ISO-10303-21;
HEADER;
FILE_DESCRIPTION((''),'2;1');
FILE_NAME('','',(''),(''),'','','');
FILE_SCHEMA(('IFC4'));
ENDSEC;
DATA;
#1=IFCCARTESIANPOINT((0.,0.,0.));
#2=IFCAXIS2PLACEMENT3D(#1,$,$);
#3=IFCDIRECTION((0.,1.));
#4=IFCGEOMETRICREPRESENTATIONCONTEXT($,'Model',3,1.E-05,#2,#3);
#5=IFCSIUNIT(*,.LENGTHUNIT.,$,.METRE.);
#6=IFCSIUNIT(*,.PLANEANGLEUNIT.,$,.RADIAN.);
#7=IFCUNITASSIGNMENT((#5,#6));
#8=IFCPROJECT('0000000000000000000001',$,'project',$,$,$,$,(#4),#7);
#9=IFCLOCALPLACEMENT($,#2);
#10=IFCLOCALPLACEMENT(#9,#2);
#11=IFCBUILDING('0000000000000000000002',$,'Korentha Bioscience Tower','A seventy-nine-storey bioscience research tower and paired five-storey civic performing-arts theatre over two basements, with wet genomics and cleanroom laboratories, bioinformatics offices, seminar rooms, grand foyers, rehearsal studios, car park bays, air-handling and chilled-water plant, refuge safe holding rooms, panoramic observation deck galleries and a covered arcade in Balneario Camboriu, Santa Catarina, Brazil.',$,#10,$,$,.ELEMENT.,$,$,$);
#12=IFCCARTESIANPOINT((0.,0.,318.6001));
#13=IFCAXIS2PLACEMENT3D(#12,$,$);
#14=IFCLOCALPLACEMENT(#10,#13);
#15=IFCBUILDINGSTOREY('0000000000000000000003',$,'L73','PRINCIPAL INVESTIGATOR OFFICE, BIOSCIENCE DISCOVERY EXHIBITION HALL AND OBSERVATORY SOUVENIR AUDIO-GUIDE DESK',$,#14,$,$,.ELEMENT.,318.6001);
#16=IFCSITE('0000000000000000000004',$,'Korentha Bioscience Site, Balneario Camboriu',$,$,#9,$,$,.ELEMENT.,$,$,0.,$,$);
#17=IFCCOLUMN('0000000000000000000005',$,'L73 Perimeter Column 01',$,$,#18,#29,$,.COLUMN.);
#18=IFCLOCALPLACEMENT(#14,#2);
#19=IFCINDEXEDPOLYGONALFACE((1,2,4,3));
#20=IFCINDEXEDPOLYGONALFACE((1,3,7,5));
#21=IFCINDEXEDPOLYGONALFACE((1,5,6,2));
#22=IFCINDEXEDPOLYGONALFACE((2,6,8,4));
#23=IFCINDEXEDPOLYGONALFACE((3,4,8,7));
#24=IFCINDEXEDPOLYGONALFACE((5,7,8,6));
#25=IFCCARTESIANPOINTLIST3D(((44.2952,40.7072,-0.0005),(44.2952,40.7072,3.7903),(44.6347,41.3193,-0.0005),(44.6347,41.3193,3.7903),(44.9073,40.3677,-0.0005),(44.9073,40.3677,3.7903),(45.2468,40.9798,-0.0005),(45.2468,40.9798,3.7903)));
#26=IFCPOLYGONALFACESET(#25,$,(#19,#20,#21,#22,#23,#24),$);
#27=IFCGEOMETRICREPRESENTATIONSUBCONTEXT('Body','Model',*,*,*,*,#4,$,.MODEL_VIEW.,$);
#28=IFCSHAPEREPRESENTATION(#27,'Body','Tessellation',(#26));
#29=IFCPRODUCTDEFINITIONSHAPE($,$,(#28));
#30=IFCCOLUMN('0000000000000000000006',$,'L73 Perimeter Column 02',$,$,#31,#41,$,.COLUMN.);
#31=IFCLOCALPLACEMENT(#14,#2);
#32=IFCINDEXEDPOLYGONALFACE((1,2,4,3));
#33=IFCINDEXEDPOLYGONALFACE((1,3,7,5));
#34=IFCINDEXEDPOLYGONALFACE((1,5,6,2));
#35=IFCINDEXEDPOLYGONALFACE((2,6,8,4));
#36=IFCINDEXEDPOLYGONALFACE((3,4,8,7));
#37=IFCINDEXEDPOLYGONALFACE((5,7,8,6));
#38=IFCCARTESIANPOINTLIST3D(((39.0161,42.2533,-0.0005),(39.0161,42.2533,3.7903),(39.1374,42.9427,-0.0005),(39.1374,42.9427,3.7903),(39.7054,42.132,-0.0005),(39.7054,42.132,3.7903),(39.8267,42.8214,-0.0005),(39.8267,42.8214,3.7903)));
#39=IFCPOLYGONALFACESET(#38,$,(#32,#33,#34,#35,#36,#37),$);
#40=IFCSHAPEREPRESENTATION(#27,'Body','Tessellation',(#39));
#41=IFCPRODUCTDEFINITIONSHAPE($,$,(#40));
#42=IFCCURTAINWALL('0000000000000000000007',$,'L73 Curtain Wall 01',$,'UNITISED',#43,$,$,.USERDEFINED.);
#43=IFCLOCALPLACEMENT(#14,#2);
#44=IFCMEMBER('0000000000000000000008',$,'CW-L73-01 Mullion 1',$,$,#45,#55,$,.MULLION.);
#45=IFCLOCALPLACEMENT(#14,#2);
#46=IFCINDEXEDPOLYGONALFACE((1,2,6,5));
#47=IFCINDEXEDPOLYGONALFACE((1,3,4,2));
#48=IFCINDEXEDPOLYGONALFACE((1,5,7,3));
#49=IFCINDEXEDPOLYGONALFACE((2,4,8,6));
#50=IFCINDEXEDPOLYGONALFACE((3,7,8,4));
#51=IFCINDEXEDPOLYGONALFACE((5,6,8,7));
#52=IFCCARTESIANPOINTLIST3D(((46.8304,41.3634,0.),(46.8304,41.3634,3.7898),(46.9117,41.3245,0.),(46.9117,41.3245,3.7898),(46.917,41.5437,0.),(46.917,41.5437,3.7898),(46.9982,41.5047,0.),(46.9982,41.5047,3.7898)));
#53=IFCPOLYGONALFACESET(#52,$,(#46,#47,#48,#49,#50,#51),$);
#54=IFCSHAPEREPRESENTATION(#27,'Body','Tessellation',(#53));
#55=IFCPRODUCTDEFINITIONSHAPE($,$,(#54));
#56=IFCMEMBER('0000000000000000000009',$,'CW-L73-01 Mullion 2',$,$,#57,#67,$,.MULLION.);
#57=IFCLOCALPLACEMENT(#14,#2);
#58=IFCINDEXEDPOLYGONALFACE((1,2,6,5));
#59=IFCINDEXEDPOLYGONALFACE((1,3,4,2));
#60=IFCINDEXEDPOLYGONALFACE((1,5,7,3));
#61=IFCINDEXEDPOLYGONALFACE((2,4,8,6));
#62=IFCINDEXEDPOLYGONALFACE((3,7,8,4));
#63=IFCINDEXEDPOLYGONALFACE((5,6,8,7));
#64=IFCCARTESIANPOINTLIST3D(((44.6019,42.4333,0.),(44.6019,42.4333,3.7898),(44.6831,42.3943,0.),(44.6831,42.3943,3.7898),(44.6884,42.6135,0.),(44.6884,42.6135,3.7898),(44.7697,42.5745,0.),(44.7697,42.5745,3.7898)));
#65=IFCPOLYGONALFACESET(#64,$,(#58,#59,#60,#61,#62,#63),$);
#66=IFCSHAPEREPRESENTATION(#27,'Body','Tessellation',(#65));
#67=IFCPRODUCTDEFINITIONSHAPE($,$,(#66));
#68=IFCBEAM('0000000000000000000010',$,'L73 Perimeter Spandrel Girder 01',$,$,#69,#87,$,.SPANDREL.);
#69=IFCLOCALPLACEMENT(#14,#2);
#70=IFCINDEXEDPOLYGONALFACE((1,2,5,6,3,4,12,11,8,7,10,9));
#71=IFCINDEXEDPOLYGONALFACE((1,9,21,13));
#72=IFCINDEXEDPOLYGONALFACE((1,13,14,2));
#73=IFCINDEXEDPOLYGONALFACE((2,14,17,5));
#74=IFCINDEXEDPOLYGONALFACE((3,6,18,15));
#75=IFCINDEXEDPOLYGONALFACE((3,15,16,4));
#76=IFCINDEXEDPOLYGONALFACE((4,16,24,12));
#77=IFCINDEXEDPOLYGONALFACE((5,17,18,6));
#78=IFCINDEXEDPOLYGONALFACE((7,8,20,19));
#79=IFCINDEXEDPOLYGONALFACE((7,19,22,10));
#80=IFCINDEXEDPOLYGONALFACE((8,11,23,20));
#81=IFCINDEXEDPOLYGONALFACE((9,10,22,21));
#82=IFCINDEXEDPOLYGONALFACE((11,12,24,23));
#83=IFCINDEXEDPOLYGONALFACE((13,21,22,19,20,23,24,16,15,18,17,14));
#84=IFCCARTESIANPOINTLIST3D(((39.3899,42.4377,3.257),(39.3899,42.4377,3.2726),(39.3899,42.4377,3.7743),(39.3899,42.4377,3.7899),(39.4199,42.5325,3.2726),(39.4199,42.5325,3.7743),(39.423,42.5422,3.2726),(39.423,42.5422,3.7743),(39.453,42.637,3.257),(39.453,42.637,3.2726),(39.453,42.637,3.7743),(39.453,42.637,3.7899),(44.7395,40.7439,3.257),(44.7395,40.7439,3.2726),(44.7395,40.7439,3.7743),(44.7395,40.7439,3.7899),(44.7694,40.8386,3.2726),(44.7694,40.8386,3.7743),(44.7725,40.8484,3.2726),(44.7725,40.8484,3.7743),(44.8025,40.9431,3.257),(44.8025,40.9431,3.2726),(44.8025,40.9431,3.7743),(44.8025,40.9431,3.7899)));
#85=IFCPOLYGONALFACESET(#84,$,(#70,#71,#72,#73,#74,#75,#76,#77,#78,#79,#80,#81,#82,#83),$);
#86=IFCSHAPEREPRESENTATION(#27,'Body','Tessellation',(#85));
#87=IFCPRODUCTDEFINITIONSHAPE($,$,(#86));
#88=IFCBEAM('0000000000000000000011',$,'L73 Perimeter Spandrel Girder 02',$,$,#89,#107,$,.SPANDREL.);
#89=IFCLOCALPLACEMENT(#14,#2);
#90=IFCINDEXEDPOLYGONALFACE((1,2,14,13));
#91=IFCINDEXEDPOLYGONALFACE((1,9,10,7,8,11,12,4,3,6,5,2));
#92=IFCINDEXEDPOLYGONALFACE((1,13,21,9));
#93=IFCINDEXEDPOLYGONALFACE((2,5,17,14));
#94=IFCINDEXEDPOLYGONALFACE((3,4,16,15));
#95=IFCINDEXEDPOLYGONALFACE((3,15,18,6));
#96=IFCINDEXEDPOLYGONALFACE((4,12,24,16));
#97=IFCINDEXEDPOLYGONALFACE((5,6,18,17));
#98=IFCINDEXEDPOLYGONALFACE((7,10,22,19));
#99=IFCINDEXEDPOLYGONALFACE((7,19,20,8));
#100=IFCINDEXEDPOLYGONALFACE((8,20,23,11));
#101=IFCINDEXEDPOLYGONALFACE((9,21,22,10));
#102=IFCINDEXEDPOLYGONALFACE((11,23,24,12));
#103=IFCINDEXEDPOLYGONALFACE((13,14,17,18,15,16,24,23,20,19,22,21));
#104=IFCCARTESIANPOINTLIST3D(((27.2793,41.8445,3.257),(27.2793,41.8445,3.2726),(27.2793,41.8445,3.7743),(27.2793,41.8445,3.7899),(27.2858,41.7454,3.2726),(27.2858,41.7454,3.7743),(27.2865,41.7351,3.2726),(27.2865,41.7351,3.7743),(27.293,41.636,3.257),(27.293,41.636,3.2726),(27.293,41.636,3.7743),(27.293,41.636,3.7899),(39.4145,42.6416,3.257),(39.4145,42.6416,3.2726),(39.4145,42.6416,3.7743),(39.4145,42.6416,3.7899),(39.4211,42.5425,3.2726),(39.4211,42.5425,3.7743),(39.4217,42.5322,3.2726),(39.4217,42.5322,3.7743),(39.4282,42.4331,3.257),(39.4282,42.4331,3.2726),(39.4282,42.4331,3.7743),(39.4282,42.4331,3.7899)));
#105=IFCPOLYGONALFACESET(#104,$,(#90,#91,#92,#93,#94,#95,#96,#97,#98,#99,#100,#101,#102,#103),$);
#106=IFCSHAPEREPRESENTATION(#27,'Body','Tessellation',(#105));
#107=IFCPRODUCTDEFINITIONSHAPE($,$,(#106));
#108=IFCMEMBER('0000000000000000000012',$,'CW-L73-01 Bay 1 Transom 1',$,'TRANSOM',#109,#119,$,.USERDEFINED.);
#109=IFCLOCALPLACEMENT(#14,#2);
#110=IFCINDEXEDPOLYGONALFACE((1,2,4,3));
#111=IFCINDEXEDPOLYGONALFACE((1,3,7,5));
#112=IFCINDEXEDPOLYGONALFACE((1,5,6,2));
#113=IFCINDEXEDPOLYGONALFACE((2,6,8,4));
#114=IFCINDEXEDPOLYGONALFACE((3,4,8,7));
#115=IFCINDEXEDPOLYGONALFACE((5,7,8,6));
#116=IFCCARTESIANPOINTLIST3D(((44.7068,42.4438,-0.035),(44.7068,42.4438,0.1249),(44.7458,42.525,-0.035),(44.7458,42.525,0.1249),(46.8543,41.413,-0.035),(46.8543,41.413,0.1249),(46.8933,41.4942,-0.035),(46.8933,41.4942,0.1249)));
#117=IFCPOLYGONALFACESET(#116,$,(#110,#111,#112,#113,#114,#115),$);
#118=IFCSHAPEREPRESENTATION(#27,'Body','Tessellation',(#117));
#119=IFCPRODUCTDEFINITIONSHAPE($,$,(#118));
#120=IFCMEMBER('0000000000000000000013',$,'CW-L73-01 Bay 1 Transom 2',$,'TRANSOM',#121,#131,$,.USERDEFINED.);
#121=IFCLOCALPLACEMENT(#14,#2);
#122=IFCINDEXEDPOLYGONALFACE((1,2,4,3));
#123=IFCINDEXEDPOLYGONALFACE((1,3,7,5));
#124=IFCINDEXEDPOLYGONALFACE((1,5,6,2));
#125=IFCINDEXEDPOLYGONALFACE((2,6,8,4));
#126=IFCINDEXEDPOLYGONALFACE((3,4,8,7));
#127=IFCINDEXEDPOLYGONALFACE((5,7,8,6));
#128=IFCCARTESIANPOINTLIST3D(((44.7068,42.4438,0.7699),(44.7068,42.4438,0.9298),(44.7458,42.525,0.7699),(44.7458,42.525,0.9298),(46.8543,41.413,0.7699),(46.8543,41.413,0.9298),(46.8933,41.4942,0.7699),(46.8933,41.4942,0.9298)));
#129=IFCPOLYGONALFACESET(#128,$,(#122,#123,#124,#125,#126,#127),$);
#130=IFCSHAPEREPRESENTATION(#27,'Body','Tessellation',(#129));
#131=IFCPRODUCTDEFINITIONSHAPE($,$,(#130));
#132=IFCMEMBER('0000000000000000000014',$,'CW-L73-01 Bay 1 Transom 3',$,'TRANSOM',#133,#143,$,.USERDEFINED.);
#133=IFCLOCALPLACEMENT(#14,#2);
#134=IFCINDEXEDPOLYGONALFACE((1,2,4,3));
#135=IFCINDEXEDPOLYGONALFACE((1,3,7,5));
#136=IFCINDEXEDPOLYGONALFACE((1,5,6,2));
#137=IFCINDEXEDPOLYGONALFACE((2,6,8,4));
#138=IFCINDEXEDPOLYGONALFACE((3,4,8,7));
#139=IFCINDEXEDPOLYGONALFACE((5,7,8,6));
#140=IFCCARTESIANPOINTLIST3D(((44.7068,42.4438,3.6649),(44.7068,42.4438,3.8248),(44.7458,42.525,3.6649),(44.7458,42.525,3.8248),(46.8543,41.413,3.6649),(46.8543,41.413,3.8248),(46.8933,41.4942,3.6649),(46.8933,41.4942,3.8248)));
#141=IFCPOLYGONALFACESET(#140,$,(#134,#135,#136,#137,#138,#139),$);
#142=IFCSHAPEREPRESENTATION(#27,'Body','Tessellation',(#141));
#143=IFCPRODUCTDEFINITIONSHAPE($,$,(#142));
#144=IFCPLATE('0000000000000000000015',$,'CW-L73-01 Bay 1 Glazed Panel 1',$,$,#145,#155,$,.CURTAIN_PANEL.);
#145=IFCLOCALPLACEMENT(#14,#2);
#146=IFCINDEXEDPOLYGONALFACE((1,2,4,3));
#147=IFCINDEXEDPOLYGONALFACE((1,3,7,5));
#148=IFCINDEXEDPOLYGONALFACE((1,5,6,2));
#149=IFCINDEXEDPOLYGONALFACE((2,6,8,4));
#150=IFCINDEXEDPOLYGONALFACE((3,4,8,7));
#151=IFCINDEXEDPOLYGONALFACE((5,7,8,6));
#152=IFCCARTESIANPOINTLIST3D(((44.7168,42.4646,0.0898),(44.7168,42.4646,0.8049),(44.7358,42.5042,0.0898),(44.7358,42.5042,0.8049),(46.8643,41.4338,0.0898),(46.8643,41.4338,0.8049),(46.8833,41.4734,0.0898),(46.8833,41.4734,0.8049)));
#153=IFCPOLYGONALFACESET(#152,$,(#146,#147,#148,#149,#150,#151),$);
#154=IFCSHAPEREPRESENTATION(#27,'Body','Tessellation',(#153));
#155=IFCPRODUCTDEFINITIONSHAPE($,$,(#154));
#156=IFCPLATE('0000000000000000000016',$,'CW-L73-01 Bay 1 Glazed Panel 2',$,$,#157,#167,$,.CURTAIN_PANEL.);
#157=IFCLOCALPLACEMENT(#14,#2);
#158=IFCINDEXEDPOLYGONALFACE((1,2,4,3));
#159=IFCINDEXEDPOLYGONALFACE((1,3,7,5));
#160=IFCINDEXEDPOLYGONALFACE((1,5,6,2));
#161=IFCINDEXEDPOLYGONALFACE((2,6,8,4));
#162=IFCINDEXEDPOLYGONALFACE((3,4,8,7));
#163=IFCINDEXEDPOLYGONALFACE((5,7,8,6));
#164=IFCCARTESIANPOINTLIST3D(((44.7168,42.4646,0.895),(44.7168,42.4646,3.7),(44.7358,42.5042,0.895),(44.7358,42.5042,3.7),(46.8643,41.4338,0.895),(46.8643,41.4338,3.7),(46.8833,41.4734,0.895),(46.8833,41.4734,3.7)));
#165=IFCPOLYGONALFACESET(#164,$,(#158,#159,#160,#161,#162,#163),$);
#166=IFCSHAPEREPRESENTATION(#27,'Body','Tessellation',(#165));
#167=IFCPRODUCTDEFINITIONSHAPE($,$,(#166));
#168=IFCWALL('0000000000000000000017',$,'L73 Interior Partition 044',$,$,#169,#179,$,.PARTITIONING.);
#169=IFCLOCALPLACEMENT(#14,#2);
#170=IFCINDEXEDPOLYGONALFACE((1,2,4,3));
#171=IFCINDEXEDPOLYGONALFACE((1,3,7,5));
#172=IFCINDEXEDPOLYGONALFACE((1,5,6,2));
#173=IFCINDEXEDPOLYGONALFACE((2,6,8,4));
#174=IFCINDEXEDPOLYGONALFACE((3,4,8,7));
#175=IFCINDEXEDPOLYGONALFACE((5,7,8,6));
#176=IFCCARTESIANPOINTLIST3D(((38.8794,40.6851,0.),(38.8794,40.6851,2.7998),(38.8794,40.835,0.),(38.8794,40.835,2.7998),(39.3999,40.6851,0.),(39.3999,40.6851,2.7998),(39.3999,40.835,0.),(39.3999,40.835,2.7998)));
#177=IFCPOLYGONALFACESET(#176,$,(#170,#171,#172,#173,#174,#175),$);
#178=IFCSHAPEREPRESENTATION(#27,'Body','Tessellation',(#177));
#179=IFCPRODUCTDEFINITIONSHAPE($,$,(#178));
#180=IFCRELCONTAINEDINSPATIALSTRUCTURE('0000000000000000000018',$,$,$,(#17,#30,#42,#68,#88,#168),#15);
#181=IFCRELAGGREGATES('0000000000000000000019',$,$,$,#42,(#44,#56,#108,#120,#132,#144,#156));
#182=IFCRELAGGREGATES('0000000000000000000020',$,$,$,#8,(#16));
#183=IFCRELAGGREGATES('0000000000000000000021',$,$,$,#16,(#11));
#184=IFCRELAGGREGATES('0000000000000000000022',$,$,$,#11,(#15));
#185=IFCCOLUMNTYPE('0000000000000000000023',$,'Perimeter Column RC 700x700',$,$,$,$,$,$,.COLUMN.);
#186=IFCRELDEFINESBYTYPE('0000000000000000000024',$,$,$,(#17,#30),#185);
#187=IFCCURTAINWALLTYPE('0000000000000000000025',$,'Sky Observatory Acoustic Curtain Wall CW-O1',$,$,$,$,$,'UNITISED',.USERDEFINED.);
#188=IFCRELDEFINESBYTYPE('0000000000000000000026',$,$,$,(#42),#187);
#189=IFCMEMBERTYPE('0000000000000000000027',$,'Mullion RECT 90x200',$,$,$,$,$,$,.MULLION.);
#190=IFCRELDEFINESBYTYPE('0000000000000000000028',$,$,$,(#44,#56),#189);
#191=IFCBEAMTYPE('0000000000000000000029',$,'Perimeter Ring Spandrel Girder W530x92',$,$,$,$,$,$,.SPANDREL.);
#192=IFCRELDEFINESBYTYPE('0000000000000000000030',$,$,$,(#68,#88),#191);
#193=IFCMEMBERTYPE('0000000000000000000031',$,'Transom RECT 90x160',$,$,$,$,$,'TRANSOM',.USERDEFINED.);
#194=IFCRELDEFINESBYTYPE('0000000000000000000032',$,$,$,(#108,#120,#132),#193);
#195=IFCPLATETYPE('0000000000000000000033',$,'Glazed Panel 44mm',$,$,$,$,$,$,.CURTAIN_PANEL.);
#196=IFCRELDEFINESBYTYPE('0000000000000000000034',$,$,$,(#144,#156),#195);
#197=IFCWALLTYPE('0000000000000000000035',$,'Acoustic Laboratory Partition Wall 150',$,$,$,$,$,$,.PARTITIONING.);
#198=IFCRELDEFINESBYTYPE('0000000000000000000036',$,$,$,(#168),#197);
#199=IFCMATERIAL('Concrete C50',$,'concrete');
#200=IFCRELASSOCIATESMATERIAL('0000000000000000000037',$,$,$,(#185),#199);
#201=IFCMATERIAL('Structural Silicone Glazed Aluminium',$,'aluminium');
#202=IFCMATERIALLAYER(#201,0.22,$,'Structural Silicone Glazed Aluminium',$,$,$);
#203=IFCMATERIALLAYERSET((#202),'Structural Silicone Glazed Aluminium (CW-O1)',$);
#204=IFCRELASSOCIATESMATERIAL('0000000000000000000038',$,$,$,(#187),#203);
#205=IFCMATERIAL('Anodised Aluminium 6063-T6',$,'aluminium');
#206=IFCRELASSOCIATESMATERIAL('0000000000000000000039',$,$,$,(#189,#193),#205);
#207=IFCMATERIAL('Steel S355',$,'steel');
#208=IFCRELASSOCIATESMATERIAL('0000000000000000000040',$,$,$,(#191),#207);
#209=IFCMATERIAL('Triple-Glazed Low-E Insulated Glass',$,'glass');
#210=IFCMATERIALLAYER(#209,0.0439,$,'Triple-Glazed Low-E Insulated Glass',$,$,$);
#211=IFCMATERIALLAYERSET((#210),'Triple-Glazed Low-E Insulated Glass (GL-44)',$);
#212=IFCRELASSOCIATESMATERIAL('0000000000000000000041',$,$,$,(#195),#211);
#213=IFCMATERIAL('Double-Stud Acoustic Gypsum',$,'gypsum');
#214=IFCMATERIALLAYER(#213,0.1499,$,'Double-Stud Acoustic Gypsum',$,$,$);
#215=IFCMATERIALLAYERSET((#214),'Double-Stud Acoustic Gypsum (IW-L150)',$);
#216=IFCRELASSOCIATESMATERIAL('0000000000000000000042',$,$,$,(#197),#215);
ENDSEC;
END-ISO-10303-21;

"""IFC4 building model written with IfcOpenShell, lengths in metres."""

from ifc_helpers import new_model, si_unit, direction, frame, frame_2d, origin, origin_2d, place, context, subcontext, project, spatial, rectangle, i_section, extrude, material, layer, layer_set, material_profile, profile_set, type_object, element, aggregate, save


model = new_model("IFC4")

# Units and contexts
model_context = context("Model", 3, precision=1e-05, world=origin(), true_north=direction((0.0, 1.0)))
body_context = subcontext(model_context, "Body", "Model", "MODEL_VIEW")
ifc_project = project(units=[si_unit("LENGTHUNIT", "METRE"), si_unit("PLANEANGLEUNIT", "RADIAN")], contexts=[model_context])

# Site, building, storey
site_placement = place(None, origin())
site = spatial("IfcSite", under=ifc_project, at=site_placement, Name="Korentha Bioscience Site, Balneario Camboriu", CompositionType="ELEMENT", RefElevation=0.0)
building_placement = place(site_placement, origin())
building = spatial("IfcBuilding", under=site, at=building_placement, Name="Korentha Bioscience Tower", Description="A seventy-nine-storey bioscience research tower and paired five-storey civic performing-arts theatre over two basements, with wet genomics and cleanroom laboratories, bioinformatics offices, seminar rooms, grand foyers, rehearsal studios, car park bays, air-handling and chilled-water plant, refuge safe holding rooms, panoramic observation deck galleries and a covered arcade in Balneario Camboriu, Santa Catarina, Brazil.", CompositionType="ELEMENT")
storey_placement = place(building_placement, frame((0.0, 0.0, 318.6001)))
storey = spatial("IfcBuildingStorey", under=building, at=storey_placement, Name="L73", Description="PRINCIPAL INVESTIGATOR OFFICE, BIOSCIENCE DISCOVERY EXHIBITION HALL AND OBSERVATORY SOUVENIR AUDIO-GUIDE DESK", CompositionType="ELEMENT", Elevation=318.6001)

# Columns
ifc_material_1 = material(Name="Concrete C50", Category="concrete")
ifc_material_profile_1 = material_profile(ifc_material_1, rectangle(XDim=0.7, YDim=0.7, at=origin_2d()), Name="Concrete C50")
ifc_profile_set_1 = profile_set([ifc_material_profile_1], Name="Concrete C50 (COL-P07)")
column_type = type_object("IfcColumnType", Name="Perimeter Column RC 700x700", PredefinedType="COLUMN", material=ifc_profile_set_1)
for number, where, z_axis, x_axis, name in (
    (1, (44.771, 40.8435, -0.0005), (0.0, 0.0, 1.0), (-0.874535, 0.484962, 0.0), "L73 Perimeter Column 01"),
    (2, (39.4214, 42.5374, -0.0005), (0.0, 0.0, 1.0), (-0.984868, 0.173304, 0.0), "L73 Perimeter Column 02"),
):
    element("IfcColumn", number, at=place(storey_placement, frame(where, z_axis=z_axis, x_axis=x_axis)), inside=storey, type_object=column_type, Name=name, PredefinedType="COLUMN", context=body_context, shape_type="SweptSolid", body=[
        extrude(rectangle(XDim=0.7, YDim=0.7, at=origin_2d()), origin(), (0.0, 0.0, 1.0), 3.7908),
    ])

# Curtain wall, members
ifc_material_2 = material(Name="Structural Silicone Glazed Aluminium", Category="aluminium")
ifc_layer_1 = layer(ifc_material_2, 0.22, Name="Structural Silicone Glazed Aluminium")
ifc_layer_set_1 = layer_set([ifc_layer_1], Name="Structural Silicone Glazed Aluminium (CW-O1)")
curtain_wall_type = type_object("IfcCurtainWallType", Name="Sky Observatory Acoustic Curtain Wall CW-O1", ElementType="UNITISED", PredefinedType="USERDEFINED", material=ifc_layer_set_1)
curtain_wall_placement = place(storey_placement, origin())
curtain_wall = element("IfcCurtainWall", 3, at=curtain_wall_placement, inside=storey, type_object=curtain_wall_type, Name="L73 Curtain Wall 01", ObjectType="UNITISED", PredefinedType="USERDEFINED")
ifc_material_3 = material(Name="Anodised Aluminium 6063-T6", Category="aluminium")
ifc_material_profile_2 = material_profile(ifc_material_3, rectangle(XDim=0.0901, YDim=0.2, at=origin_2d()), Name="Anodised Aluminium 6063-T6")
ifc_profile_set_2 = profile_set([ifc_material_profile_2], Name="Anodised Aluminium 6063-T6 (CW-MUL)")
member_type_1 = type_object("IfcMemberType", Name="Mullion RECT 90x200", PredefinedType="MULLION", material=ifc_profile_set_2)
member_1_placement = place(storey_placement, frame((46.9143, 41.4341, 0.0), z_axis=(0.0, 0.0, 1.0), x_axis=(-0.901524, 0.43273, 0.0)))
member_1 = element("IfcMember", 4, at=member_1_placement, type_object=member_type_1, Name="CW-L73-01 Mullion 1", PredefinedType="MULLION", context=body_context, shape_type="SweptSolid", body=[
    extrude(rectangle(XDim=0.0901, YDim=0.2, at=origin_2d()), origin(), (0.0, 0.0, 1.0), 3.7898),
])
member_2_placement = place(storey_placement, frame((44.6858, 42.5039, 0.0), z_axis=(0.0, 0.0, 1.0), x_axis=(-0.901524, 0.43273, 0.0)))
member_2 = element("IfcMember", 5, at=member_2_placement, type_object=member_type_1, Name="CW-L73-01 Mullion 2", PredefinedType="MULLION", context=body_context, shape_type="SweptSolid", body=[
    extrude(rectangle(XDim=0.0901, YDim=0.2, at=origin_2d()), origin(), (0.0, 0.0, 1.0), 3.7898),
])

# Beams
ifc_material_4 = material(Name="Steel S355", Category="steel")
ifc_material_profile_3 = material_profile(ifc_material_4, i_section(OverallWidth=0.209, OverallDepth=0.533, WebThickness=0.0103, FlangeThickness=0.0156, at=origin_2d()), Name="Steel S355")
ifc_profile_set_3 = profile_set([ifc_material_profile_3], Name="Steel S355 (SB-530)")
beam_type = type_object("IfcBeamType", Name="Perimeter Ring Spandrel Girder W530x92", PredefinedType="SPANDREL", material=ifc_profile_set_3)
beam_1_placement = place(storey_placement, frame((44.771, 40.8435, 3.5234), z_axis=(-0.953352, 0.30186, 0.0), x_axis=(-0.30186, -0.953352, 0.0)))
element("IfcBeam", 6, at=beam_1_placement, inside=storey, type_object=beam_type, Name="L73 Perimeter Spandrel Girder 01", PredefinedType="SPANDREL", context=body_context, shape_type="SweptSolid", body=[
    extrude(i_section(OverallWidth=0.209, OverallDepth=0.533, WebThickness=0.0103, FlangeThickness=0.0156, at=origin_2d()), origin(), (0.0, 0.0, 1.0), 5.6113),
])
beam_2_placement = place(storey_placement, frame((39.4214, 42.5374, 3.5234), z_axis=(-0.99785, -0.065545, 0.0), x_axis=(0.065545, -0.99785, 0.0)))
element("IfcBeam", 7, at=beam_2_placement, inside=storey, type_object=beam_type, Name="L73 Perimeter Spandrel Girder 02", PredefinedType="SPANDREL", context=body_context, shape_type="SweptSolid", body=[
    extrude(i_section(OverallWidth=0.209, OverallDepth=0.533, WebThickness=0.0103, FlangeThickness=0.0156, at=origin_2d()), origin(), (0.0, 0.0, 1.0), 12.1614),
])

# Members
ifc_material_profile_4 = material_profile(ifc_material_3, rectangle(XDim=0.0901, YDim=0.1599, at=origin_2d()), Name="Anodised Aluminium 6063-T6")
ifc_profile_set_4 = profile_set([ifc_material_profile_4], Name="Anodised Aluminium 6063-T6 (CW-TRN)")
member_type_2 = type_object("IfcMemberType", Name="Transom RECT 90x160", ElementType="TRANSOM", PredefinedType="USERDEFINED", material=ifc_profile_set_4)
member_3_placement = place(storey_placement, frame((46.8738, 41.4536, 0.0449), z_axis=(-0.901526, 0.432724, 0.0), x_axis=(-0.432724, -0.901526, 0.0)))
member_3 = element("IfcMember", 8, at=member_3_placement, type_object=member_type_2, Name="CW-L73-01 Bay 1 Transom 1", ObjectType="TRANSOM", PredefinedType="USERDEFINED", context=body_context, shape_type="SweptSolid", body=[
    extrude(rectangle(XDim=0.0901, YDim=0.1599, at=origin_2d()), origin(), (0.0, 0.0, 1.0), 2.3821),
])
member_4_placement = place(storey_placement, frame((46.8738, 41.4536, 0.8499), z_axis=(-0.901526, 0.432724, 0.0), x_axis=(-0.432724, -0.901526, 0.0)))
member_4 = element("IfcMember", 9, at=member_4_placement, type_object=member_type_2, Name="CW-L73-01 Bay 1 Transom 2", ObjectType="TRANSOM", PredefinedType="USERDEFINED", context=body_context, shape_type="SweptSolid", body=[
    extrude(rectangle(XDim=0.0901, YDim=0.1599, at=origin_2d()), origin(), (0.0, 0.0, 1.0), 2.3821),
])
member_5_placement = place(storey_placement, frame((46.8738, 41.4536, 3.7449), z_axis=(-0.901526, 0.432724, 0.0), x_axis=(-0.432724, -0.901526, 0.0)))
member_5 = element("IfcMember", 10, at=member_5_placement, type_object=member_type_2, Name="CW-L73-01 Bay 1 Transom 3", ObjectType="TRANSOM", PredefinedType="USERDEFINED", context=body_context, shape_type="SweptSolid", body=[
    extrude(rectangle(XDim=0.0901, YDim=0.1599, at=origin_2d()), origin(), (0.0, 0.0, 1.0), 2.3821),
])

# Plates
ifc_material_5 = material(Name="Triple-Glazed Low-E Insulated Glass", Category="glass")
ifc_layer_2 = layer(ifc_material_5, 0.0439, Name="Triple-Glazed Low-E Insulated Glass")
ifc_layer_set_2 = layer_set([ifc_layer_2], Name="Triple-Glazed Low-E Insulated Glass (GL-44)")
plate_type = type_object("IfcPlateType", Name="Glazed Panel 44mm", PredefinedType="CURTAIN_PANEL", material=ifc_layer_set_2)
plate_1_placement = place(storey_placement, frame((45.8, 41.969, 0.0898), z_axis=(0.0, 0.0, 1.0), x_axis=(-0.901524, 0.43273, 0.0)))
plate_1 = element("IfcPlate", 11, at=plate_1_placement, type_object=plate_type, Name="CW-L73-01 Bay 1 Glazed Panel 1", PredefinedType="CURTAIN_PANEL", context=body_context, shape_type="SweptSolid", body=[
    extrude(rectangle(XDim=2.3821, YDim=0.0439, at=origin_2d()), origin(), (0.0, 0.0, 1.0), 0.7151),
])
plate_2_placement = place(storey_placement, frame((45.8, 41.969, 0.895), z_axis=(0.0, 0.0, 1.0), x_axis=(-0.901524, 0.43273, 0.0)))
plate_2 = element("IfcPlate", 12, at=plate_2_placement, type_object=plate_type, Name="CW-L73-01 Bay 1 Glazed Panel 2", PredefinedType="CURTAIN_PANEL", context=body_context, shape_type="SweptSolid", body=[
    extrude(rectangle(XDim=2.3821, YDim=0.0439, at=origin_2d()), origin(), (0.0, 0.0, 1.0), 2.8049),
])
aggregate(curtain_wall, [member_1, member_2, member_3, member_4, member_5, plate_1, plate_2])

# Wall
ifc_material_6 = material(Name="Double-Stud Acoustic Gypsum", Category="gypsum")
ifc_layer_3 = layer(ifc_material_6, 0.1499, Name="Double-Stud Acoustic Gypsum")
ifc_layer_set_3 = layer_set([ifc_layer_3], Name="Double-Stud Acoustic Gypsum (IW-L150)")
wall_type_1 = type_object("IfcWallType", Name="Acoustic Laboratory Partition Wall 150", PredefinedType="PARTITIONING", material=ifc_layer_set_3)
wall_1_placement = place(storey_placement, frame((39.3999, 40.76, 0.0), z_axis=(0.0, 0.0, 1.0), x_axis=(-1.0, 0.0, 0.0)))
element("IfcWall", 13, at=wall_1_placement, inside=storey, type_object=wall_type_1, Name="L73 Interior Partition 044", PredefinedType="PARTITIONING", context=body_context, shape_type="SweptSolid", body=[
    extrude(rectangle(XDim=0.5205, YDim=0.1499, at=frame_2d((0.2603, 0.0))), origin(), (0.0, 0.0, 1.0), 2.7998),
])

save(model, "model.ifc")
